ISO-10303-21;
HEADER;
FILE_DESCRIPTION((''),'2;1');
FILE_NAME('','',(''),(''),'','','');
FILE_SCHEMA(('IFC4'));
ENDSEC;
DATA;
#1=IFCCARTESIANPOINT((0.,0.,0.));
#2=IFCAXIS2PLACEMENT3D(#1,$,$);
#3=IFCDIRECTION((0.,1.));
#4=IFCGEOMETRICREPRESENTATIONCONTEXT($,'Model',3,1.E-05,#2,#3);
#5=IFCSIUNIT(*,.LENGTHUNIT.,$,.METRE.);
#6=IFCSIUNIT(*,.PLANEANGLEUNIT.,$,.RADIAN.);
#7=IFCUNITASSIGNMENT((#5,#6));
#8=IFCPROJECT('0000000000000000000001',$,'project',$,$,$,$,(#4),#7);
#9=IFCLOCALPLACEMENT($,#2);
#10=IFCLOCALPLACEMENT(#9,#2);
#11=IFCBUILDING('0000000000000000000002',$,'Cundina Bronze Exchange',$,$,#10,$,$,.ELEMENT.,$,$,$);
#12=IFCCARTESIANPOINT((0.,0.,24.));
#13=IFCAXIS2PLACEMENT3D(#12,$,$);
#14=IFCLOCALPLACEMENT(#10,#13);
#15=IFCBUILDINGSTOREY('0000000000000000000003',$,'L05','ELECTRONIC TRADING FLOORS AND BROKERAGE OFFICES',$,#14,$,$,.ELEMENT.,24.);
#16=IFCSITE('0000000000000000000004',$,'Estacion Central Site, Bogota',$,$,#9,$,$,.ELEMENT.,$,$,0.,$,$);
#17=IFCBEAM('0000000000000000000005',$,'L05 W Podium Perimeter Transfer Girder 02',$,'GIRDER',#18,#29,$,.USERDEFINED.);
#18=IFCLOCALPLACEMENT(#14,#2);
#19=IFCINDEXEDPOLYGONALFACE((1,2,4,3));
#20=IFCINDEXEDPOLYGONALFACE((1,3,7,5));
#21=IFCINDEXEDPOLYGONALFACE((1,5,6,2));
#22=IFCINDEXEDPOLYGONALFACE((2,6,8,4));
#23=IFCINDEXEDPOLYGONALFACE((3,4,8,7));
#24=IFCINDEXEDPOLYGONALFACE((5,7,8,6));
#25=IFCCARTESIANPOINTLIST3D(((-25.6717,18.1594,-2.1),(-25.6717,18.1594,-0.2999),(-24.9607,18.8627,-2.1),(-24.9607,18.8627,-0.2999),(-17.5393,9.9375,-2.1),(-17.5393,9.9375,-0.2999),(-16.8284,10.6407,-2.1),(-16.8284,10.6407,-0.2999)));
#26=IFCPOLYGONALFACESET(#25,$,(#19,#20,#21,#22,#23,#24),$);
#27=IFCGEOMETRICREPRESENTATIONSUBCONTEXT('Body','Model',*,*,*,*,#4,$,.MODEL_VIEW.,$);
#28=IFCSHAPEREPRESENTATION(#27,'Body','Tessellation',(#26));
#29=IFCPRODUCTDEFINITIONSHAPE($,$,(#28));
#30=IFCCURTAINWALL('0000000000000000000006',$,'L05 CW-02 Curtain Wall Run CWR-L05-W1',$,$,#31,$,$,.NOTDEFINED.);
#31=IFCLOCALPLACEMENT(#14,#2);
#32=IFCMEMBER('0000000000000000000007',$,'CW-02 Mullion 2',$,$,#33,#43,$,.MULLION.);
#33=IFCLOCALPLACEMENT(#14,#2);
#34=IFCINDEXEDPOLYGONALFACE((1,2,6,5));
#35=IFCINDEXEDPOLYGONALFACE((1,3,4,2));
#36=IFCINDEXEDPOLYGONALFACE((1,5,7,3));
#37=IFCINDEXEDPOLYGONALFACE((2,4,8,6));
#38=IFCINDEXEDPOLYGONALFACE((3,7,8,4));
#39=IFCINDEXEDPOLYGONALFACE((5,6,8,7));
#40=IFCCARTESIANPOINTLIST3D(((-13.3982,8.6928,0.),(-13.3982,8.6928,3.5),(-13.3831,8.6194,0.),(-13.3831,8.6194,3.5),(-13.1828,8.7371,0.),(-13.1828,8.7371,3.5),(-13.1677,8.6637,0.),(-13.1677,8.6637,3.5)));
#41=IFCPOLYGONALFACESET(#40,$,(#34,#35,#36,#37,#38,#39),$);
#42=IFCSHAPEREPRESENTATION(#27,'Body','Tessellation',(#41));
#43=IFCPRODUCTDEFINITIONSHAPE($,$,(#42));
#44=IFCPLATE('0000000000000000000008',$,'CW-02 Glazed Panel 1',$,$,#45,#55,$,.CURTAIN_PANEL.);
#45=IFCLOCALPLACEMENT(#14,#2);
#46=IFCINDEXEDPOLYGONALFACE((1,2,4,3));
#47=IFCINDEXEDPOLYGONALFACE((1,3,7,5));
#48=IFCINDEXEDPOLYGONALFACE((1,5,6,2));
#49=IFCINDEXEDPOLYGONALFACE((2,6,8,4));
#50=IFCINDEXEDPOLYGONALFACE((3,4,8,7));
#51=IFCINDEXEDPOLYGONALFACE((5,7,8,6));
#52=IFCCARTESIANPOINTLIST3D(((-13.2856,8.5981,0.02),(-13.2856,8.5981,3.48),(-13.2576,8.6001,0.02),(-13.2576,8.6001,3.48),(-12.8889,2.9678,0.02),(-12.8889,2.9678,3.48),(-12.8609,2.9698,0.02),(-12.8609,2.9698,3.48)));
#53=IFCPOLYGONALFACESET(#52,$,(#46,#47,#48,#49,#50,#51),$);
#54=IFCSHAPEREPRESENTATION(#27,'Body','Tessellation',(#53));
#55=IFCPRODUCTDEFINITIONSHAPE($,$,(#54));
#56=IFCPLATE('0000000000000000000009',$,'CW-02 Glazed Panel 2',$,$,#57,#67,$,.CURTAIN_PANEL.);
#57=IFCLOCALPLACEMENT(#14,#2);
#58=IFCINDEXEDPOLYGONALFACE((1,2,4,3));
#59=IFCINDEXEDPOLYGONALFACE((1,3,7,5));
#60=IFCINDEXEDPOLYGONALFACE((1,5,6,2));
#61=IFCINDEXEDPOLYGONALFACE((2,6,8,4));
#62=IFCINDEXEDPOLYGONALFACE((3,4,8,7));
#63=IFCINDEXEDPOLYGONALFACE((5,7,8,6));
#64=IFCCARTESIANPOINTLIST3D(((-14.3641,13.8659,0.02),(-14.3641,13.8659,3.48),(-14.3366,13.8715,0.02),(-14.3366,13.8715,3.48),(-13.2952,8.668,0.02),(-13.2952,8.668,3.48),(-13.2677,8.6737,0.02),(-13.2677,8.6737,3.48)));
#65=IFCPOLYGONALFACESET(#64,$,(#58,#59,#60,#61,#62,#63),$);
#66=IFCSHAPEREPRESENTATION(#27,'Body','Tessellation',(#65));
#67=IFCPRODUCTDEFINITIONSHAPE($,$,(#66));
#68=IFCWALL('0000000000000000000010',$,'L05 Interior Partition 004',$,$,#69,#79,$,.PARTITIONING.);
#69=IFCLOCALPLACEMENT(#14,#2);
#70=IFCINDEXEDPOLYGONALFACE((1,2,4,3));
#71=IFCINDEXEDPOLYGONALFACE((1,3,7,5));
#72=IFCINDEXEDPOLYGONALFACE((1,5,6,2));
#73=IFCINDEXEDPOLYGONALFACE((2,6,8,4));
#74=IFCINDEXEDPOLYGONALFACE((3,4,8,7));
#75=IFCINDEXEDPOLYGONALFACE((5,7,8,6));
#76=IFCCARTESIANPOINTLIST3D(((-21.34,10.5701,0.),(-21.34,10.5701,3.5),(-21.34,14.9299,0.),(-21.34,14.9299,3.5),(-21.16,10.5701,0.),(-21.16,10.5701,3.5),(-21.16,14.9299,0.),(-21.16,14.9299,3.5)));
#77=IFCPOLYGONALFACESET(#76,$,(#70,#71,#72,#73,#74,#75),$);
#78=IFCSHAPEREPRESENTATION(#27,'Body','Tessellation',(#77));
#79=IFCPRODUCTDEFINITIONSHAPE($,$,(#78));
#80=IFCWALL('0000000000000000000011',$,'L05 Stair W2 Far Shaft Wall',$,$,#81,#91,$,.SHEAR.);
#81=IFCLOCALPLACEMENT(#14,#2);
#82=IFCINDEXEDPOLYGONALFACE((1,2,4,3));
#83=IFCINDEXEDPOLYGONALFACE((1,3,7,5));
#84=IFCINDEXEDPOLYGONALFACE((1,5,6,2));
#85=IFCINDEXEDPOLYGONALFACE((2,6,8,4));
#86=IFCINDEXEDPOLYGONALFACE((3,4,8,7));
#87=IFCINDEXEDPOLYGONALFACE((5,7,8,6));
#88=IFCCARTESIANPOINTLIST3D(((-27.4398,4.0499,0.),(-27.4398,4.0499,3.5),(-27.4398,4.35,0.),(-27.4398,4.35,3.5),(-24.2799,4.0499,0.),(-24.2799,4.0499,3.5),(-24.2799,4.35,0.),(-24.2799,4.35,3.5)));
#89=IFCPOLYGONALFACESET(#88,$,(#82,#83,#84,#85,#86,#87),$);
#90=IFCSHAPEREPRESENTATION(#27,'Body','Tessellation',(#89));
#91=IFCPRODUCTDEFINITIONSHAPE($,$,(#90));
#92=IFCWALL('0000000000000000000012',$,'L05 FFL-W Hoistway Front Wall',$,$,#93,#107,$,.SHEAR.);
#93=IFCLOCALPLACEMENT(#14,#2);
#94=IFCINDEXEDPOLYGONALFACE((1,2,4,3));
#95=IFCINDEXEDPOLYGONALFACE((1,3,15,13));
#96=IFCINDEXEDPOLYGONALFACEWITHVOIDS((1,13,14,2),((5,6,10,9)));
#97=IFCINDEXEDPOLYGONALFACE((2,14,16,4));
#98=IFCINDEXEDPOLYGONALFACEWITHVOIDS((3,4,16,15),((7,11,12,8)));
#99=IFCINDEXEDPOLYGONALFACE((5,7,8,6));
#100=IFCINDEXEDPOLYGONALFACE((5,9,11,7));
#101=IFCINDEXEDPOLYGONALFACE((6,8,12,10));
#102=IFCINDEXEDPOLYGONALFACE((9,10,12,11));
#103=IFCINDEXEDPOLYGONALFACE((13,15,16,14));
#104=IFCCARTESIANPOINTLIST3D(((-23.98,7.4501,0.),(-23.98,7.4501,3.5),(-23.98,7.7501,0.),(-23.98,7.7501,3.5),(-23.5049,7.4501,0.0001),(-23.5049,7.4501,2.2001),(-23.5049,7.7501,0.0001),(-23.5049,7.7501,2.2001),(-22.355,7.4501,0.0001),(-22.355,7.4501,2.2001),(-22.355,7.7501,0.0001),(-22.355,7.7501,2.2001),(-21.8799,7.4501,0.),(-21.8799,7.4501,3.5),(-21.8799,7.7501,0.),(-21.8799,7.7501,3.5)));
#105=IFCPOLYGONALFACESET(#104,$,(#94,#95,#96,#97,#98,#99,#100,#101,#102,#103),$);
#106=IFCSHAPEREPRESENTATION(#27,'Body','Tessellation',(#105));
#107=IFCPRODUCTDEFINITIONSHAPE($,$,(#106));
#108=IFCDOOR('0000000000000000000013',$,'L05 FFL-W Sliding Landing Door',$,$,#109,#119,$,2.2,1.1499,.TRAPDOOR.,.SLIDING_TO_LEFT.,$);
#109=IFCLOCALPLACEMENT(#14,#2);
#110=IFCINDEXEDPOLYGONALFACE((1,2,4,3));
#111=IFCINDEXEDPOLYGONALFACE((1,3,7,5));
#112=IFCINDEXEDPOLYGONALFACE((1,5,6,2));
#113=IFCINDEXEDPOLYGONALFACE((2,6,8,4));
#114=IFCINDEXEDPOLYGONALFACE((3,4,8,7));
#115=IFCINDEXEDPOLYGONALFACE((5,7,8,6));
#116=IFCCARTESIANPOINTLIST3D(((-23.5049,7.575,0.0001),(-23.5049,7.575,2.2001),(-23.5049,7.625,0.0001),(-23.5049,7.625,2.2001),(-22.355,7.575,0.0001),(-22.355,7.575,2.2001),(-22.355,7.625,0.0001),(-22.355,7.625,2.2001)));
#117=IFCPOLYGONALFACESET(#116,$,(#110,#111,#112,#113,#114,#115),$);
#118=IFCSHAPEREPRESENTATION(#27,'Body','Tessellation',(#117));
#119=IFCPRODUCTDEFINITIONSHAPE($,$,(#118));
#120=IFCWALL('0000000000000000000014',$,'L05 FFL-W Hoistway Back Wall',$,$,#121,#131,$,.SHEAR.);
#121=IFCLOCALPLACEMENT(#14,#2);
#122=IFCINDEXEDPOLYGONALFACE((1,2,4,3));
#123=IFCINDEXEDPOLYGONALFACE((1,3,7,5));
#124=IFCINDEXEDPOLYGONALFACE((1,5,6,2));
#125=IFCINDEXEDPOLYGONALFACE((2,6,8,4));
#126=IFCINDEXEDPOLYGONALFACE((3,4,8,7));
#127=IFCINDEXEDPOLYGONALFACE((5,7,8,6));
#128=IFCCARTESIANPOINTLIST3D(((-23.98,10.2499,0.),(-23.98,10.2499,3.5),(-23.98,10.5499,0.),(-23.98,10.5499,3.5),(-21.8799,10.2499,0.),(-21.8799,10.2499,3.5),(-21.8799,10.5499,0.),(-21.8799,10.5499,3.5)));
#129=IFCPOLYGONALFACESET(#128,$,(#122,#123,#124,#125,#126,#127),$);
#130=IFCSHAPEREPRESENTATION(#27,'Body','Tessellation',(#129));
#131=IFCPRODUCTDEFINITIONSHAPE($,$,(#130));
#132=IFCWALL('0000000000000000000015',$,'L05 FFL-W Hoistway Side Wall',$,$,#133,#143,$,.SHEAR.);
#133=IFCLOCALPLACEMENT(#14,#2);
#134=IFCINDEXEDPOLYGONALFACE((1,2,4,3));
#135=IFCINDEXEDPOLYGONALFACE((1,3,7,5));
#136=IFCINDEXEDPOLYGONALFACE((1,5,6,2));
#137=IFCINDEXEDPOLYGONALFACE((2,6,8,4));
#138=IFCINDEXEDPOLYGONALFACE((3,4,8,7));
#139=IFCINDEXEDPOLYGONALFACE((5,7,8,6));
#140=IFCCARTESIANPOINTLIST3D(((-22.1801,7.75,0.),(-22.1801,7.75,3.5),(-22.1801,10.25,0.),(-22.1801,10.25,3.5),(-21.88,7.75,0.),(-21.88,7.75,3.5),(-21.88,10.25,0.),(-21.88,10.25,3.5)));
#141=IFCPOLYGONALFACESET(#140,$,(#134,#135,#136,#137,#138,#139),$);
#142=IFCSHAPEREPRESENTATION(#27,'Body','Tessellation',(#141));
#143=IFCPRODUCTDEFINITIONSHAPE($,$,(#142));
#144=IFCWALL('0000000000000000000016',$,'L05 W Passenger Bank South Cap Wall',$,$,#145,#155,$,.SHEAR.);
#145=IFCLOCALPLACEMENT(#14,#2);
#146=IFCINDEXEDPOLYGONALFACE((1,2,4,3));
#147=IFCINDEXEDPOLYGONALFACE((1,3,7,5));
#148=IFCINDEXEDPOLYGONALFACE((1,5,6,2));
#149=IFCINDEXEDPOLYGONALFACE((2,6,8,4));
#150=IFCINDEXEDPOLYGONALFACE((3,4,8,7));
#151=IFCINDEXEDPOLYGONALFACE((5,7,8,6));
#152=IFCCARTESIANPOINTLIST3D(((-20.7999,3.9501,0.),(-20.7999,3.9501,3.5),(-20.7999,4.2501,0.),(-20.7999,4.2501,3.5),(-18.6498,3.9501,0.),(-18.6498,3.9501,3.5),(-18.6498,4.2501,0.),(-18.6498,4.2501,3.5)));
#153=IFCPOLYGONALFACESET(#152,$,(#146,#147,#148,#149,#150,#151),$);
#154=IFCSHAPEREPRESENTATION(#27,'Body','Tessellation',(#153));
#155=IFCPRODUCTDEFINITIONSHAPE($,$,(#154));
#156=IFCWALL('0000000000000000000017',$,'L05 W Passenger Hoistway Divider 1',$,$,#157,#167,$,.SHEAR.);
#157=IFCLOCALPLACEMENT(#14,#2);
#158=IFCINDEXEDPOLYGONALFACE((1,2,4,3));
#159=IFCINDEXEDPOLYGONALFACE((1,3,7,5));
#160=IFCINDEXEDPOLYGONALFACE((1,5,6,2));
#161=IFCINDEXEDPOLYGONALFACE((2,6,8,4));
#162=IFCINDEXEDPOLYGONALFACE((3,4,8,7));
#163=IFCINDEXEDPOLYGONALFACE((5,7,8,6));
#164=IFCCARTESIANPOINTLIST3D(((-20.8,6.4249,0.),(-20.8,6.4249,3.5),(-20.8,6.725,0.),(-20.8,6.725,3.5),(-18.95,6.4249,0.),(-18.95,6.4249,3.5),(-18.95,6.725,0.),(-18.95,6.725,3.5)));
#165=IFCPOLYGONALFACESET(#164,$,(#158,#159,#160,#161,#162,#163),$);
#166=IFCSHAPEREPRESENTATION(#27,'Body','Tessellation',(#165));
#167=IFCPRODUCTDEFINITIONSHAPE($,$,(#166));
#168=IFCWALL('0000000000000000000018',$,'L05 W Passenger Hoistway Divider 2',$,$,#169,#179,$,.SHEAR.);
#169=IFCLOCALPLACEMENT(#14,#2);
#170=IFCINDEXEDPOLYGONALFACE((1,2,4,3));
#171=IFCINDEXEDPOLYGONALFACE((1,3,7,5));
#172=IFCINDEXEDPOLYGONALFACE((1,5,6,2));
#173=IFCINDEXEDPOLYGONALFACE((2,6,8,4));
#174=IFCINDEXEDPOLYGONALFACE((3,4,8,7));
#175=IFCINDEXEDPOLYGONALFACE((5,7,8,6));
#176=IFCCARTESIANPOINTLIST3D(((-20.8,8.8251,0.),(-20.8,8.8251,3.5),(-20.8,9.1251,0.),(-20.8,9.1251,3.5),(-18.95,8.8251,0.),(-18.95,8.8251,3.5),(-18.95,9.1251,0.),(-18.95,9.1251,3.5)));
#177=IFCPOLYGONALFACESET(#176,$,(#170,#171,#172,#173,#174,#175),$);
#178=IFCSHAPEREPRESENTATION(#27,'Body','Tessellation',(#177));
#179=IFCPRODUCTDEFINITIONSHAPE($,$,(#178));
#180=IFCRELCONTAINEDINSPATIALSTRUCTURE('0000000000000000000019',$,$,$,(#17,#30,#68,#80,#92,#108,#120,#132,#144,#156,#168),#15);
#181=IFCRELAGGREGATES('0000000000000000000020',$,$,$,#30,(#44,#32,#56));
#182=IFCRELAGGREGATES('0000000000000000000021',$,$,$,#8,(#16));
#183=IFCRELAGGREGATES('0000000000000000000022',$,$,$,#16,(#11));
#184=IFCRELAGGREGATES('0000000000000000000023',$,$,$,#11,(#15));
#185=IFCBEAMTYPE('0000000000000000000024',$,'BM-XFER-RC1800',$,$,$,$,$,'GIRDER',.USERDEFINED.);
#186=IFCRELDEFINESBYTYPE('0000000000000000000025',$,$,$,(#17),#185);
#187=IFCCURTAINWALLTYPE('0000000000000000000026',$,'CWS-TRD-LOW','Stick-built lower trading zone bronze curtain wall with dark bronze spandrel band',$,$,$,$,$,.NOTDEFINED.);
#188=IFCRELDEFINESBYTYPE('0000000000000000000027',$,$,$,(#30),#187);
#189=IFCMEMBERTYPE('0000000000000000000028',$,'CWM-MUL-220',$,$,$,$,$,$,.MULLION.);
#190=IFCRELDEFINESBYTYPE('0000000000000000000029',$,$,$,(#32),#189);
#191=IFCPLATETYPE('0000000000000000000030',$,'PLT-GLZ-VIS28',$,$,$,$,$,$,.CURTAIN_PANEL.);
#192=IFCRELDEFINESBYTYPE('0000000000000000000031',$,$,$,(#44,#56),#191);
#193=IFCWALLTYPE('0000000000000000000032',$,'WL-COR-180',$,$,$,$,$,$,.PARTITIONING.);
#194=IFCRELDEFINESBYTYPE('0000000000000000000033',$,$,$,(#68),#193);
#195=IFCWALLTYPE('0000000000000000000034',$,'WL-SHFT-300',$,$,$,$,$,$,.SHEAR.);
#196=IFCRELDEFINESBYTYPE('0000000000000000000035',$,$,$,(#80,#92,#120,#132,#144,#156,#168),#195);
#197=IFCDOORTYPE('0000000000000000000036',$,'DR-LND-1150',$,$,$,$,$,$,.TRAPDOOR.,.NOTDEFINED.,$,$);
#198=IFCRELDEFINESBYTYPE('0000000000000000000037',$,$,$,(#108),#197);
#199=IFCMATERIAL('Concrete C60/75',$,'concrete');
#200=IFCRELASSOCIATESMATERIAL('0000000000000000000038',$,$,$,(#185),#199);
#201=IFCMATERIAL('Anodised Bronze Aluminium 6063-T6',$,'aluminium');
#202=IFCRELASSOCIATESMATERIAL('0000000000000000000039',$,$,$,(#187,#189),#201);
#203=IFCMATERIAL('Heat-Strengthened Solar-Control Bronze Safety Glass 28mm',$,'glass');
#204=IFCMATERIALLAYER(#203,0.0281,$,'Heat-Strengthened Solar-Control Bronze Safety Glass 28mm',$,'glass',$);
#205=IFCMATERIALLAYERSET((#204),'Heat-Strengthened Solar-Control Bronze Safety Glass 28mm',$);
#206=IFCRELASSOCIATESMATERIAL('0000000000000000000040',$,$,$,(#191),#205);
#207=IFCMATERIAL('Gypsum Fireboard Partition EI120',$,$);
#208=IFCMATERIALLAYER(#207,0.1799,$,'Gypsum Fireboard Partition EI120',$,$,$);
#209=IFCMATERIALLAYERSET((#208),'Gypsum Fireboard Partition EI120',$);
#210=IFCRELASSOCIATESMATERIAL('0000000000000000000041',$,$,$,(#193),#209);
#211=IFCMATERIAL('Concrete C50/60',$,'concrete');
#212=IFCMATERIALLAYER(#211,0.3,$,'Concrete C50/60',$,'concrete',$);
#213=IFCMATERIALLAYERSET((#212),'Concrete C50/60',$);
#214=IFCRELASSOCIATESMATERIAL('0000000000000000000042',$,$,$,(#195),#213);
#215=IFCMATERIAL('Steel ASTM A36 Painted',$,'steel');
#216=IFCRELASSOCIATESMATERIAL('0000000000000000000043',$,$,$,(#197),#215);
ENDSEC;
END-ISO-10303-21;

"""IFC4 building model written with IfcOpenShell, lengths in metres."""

from ifc_helpers import new_model, si_unit, direction, frame, frame_2d, origin, origin_2d, place, context, subcontext, project, spatial, rectangle, extrude, material, layer, layer_set, material_profile, profile_set, type_object, element, fill, aggregate, save


model = new_model("IFC4")

# Units and contexts
model_context = context("Model", 3, precision=1e-05, world=origin(), true_north=direction((0.0, 1.0)))
body_context = subcontext(model_context, "Body", "Model", "MODEL_VIEW")
ifc_project = project(units=[si_unit("LENGTHUNIT", "METRE"), si_unit("PLANEANGLEUNIT", "RADIAN")], contexts=[model_context])

# Site, building, storey
site_placement = place(None, origin())
site = spatial("IfcSite", under=ifc_project, at=site_placement, Name="Estacion Central Site, Bogota", CompositionType="ELEMENT", RefElevation=0.0)
building_placement = place(site_placement, origin())
building = spatial("IfcBuilding", under=site, at=building_placement, Name="Cundina Bronze Exchange", CompositionType="ELEMENT")
storey_placement = place(building_placement, frame((0.0, 0.0, 24.0)))
storey = spatial("IfcBuildingStorey", under=building, at=storey_placement, Name="L05", Description="ELECTRONIC TRADING FLOORS AND BROKERAGE OFFICES", CompositionType="ELEMENT", Elevation=24.0)

# Shared definitions
ifc_material_1 = material(Name="Concrete C60/75", Category="concrete")

# Beam
ifc_material_profile_1 = material_profile(ifc_material_1, rectangle(XDim=1.0, YDim=1.8, at=origin_2d()), Name="RC1000X1800", Category="concrete")
ifc_profile_set_1 = profile_set([ifc_material_profile_1], Name="Concrete C60/75")
beam_type_1 = type_object("IfcBeamType", Name="BM-XFER-RC1800", ElementType="GIRDER", PredefinedType="USERDEFINED", material=ifc_profile_set_1)
beam_1_placement = place(storey_placement, frame((-17.1838, 10.2891, -1.2), z_axis=(-0.703222, 0.71097, 0.0), x_axis=(-0.71097, -0.703222, 0.0)))
element("IfcBeam", 1, at=beam_1_placement, inside=storey, type_object=beam_type_1, Name="L05 W Podium Perimeter Transfer Girder 02", ObjectType="GIRDER", PredefinedType="USERDEFINED", context=body_context, shape_type="SweptSolid", body=[
    extrude(rectangle(XDim=1.0, YDim=1.8, at=origin_2d()), origin(), (0.0, 0.0, 1.0), 11.5645),
])

# Curtain wall, member, plates
ifc_material_2 = material(Name="Anodised Bronze Aluminium 6063-T6", Category="aluminium")
curtain_wall_type = type_object("IfcCurtainWallType", Name="CWS-TRD-LOW", Description="Stick-built lower trading zone bronze curtain wall with dark bronze spandrel band", PredefinedType="NOTDEFINED", material=ifc_material_2)
curtain_wall_placement = place(storey_placement, origin())
curtain_wall = element("IfcCurtainWall", 2, at=curtain_wall_placement, inside=storey, type_object=curtain_wall_type, Name="L05 CW-02 Curtain Wall Run CWR-L05-W1", PredefinedType="NOTDEFINED")
ifc_material_profile_2 = material_profile(ifc_material_2, rectangle(XDim=0.075, YDim=0.22, at=origin_2d()), Name="AL75X220", Category="aluminium")
ifc_profile_set_2 = profile_set([ifc_material_profile_2], Name="Anodised Bronze Aluminium 6063-T6")
member_type = type_object("IfcMemberType", Name="CWM-MUL-220", PredefinedType="MULLION", material=ifc_profile_set_2)
member_placement = place(storey_placement, frame((-13.283, 8.6782, 0.0), z_axis=(0.0, 0.0, 1.0), x_axis=(-0.20142, 0.979505, 0.0)))
member = element("IfcMember", 3, at=member_placement, type_object=member_type, Name="CW-02 Mullion 2", PredefinedType="MULLION", context=body_context, shape_type="SweptSolid", body=[
    extrude(rectangle(XDim=0.075, YDim=0.22, at=origin_2d()), origin(), (0.0, 0.0, 1.0), 3.5),
])
ifc_material_3 = material(Name="Heat-Strengthened Solar-Control Bronze Safety Glass 28mm", Category="glass")
ifc_layer_1 = layer(ifc_material_3, 0.0281, Name="Heat-Strengthened Solar-Control Bronze Safety Glass 28mm", Category="glass")
ifc_layer_set_1 = layer_set([ifc_layer_1], Name="Heat-Strengthened Solar-Control Bronze Safety Glass 28mm")
plate_type = type_object("IfcPlateType", Name="PLT-GLZ-VIS28", PredefinedType="CURTAIN_PANEL", material=ifc_layer_set_1)
plate_1_placement = place(storey_placement, frame((-13.0732, 5.7839, 0.02), z_axis=(0.0, 0.0, 1.0), x_axis=(-0.070279, 0.997527, 0.0)))
plate_1 = element("IfcPlate", 4, at=plate_1_placement, type_object=plate_type, Name="CW-02 Glazed Panel 1", PredefinedType="CURTAIN_PANEL", context=body_context, shape_type="SweptSolid", body=[
    extrude(rectangle(XDim=5.6443, YDim=0.0281, at=origin_2d()), origin(), (0.0, 0.0, 1.0), 3.46),
])
plate_2_placement = place(storey_placement, frame((-13.8159, 11.2698, 0.02), z_axis=(0.0, 0.0, 1.0), x_axis=(-0.20142, 0.979505, 0.0)))
plate_2 = element("IfcPlate", 5, at=plate_2_placement, type_object=plate_type, Name="CW-02 Glazed Panel 2", PredefinedType="CURTAIN_PANEL", context=body_context, shape_type="SweptSolid", body=[
    extrude(rectangle(XDim=5.3066, YDim=0.0281, at=origin_2d()), origin(), (0.0, 0.0, 1.0), 3.46),
])
aggregate(curtain_wall, [plate_1, member, plate_2])

# Walls
ifc_material_4 = material(Name="Gypsum Fireboard Partition EI120")
ifc_layer_2 = layer(ifc_material_4, 0.1799, Name="Gypsum Fireboard Partition EI120")
ifc_layer_set_2 = layer_set([ifc_layer_2], Name="Gypsum Fireboard Partition EI120")
wall_type_1 = type_object("IfcWallType", Name="WL-COR-180", PredefinedType="PARTITIONING", material=ifc_layer_set_2)
wall_1_placement = place(storey_placement, frame((-21.25, 10.5701, 0.0), z_axis=(0.0, 0.0, 1.0), x_axis=(0.0, 1.0, 0.0)))
element("IfcWall", 6, at=wall_1_placement, inside=storey, type_object=wall_type_1, Name="L05 Interior Partition 004", PredefinedType="PARTITIONING", context=body_context, shape_type="SweptSolid", body=[
    extrude(rectangle(XDim=4.3599, YDim=0.1799, at=frame_2d((2.1799, 0.0))), origin(), (0.0, 0.0, 1.0), 3.5),
])
ifc_material_5 = material(Name="Concrete C50/60", Category="concrete")
ifc_layer_3 = layer(ifc_material_5, 0.3, Name="Concrete C50/60", Category="concrete")
ifc_layer_set_3 = layer_set([ifc_layer_3], Name="Concrete C50/60")
wall_type_2 = type_object("IfcWallType", Name="WL-SHFT-300", PredefinedType="SHEAR", material=ifc_layer_set_3)
wall_2_placement = place(storey_placement, frame((-27.4399, 4.2, 0.0), z_axis=(0.0, 0.0, 1.0), x_axis=(1.0, 0.0, 0.0)))
element("IfcWall", 7, at=wall_2_placement, inside=storey, type_object=wall_type_2, Name="L05 Stair W2 Far Shaft Wall", PredefinedType="SHEAR", context=body_context, shape_type="SweptSolid", body=[
    extrude(rectangle(XDim=3.1599, YDim=0.3, at=frame_2d((1.5801, 0.0))), origin(), (0.0, 0.0, 1.0), 3.5),
])

# Wall, opening, door
wall_3_placement = place(storey_placement, frame((-23.98, 7.6001, 0.0), z_axis=(0.0, 0.0, 1.0), x_axis=(1.0, 0.0, 0.0)))
wall_3 = element("IfcWall", 8, at=wall_3_placement, inside=storey, type_object=wall_type_2, Name="L05 FFL-W Hoistway Front Wall", PredefinedType="SHEAR", context=body_context, shape_type="SweptSolid", body=[
    extrude(rectangle(XDim=2.1001, YDim=0.3, at=frame_2d((1.05, 0.0))), origin(), (0.0, 0.0, 1.0), 3.5),
])
opening_1_placement = place(wall_3_placement, frame((0.4751, 0.0, 0.0)))
opening_1 = element("IfcOpeningElement", 9, at=opening_1_placement, cuts=wall_3, PredefinedType="OPENING", context=body_context, shape_type="SweptSolid", body=[
    extrude(rectangle(XDim=1.1499, YDim=2.2, at=frame_2d((0.575, 1.1001))), frame((0.0, 0.1599, 0.0), z_axis=(0.0, -1.0, 0.0), x_axis=(1.0, 0.0, 0.0)), (0.0, 0.0, 1.0), 0.3201),
])
ifc_material_6 = material(Name="Steel ASTM A36 Painted", Category="steel")
door_type = type_object("IfcDoorType", Name="DR-LND-1150", OperationType="NOTDEFINED", PredefinedType="TRAPDOOR", material=ifc_material_6)
door_1_placement = place(opening_1_placement, origin())
door_1 = element("IfcDoor", 10, at=door_1_placement, inside=storey, type_object=door_type, Name="L05 FFL-W Sliding Landing Door", OperationType="SLIDING_TO_LEFT", OverallHeight=2.2, OverallWidth=1.1499, PredefinedType="TRAPDOOR", context=body_context, shape_type="SweptSolid", body=[
    extrude(rectangle(XDim=1.1499, YDim=2.2, at=frame_2d((0.575, 1.1001))), frame((0.0, 0.0249, 0.0), z_axis=(0.0, -1.0, 0.0), x_axis=(1.0, 0.0, 0.0)), (0.0, 0.0, 1.0), 0.05),
])
fill(opening_1, door_1)

# Walls
wall_4_placement = place(storey_placement, frame((-23.98, 10.3999, 0.0), z_axis=(0.0, 0.0, 1.0), x_axis=(1.0, 0.0, 0.0)))
element("IfcWall", 11, at=wall_4_placement, inside=storey, type_object=wall_type_2, Name="L05 FFL-W Hoistway Back Wall", PredefinedType="SHEAR", context=body_context, shape_type="SweptSolid", body=[
    extrude(rectangle(XDim=2.1001, YDim=0.3, at=frame_2d((1.05, 0.0))), origin(), (0.0, 0.0, 1.0), 3.5),
])
wall_5_placement = place(storey_placement, frame((-22.03, 7.75, 0.0), z_axis=(0.0, 0.0, 1.0), x_axis=(0.0, 1.0, 0.0)))
element("IfcWall", 12, at=wall_5_placement, inside=storey, type_object=wall_type_2, Name="L05 FFL-W Hoistway Side Wall", PredefinedType="SHEAR", context=body_context, shape_type="SweptSolid", body=[
    extrude(rectangle(XDim=2.5, YDim=0.3, at=frame_2d((1.25, 0.0))), origin(), (0.0, 0.0, 1.0), 3.5),
])
wall_6_placement = place(storey_placement, frame((-20.8, 4.1001, 0.0), z_axis=(0.0, 0.0, 1.0), x_axis=(1.0, 0.0, 0.0)))
element("IfcWall", 13, at=wall_6_placement, inside=storey, type_object=wall_type_2, Name="L05 W Passenger Bank South Cap Wall", PredefinedType="SHEAR", context=body_context, shape_type="SweptSolid", body=[
    extrude(rectangle(XDim=2.1501, YDim=0.3, at=frame_2d((1.0752, 0.0))), origin(), (0.0, 0.0, 1.0), 3.5),
])
for number, where, z_axis, x_axis, name in (
    (14, (-20.8, 6.575, 0.0), (0.0, 0.0, 1.0), (1.0, 0.0, 0.0), "L05 W Passenger Hoistway Divider 1"),
    (15, (-20.8, 8.9751, 0.0), (0.0, 0.0, 1.0), (1.0, 0.0, 0.0), "L05 W Passenger Hoistway Divider 2"),
):
    element("IfcWall", number, at=place(storey_placement, frame(where, z_axis=z_axis, x_axis=x_axis)), inside=storey, type_object=wall_type_2, Name=name, PredefinedType="SHEAR", context=body_context, shape_type="SweptSolid", body=[
        extrude(rectangle(XDim=1.8501, YDim=0.3, at=frame_2d((0.925, 0.0))), origin(), (0.0, 0.0, 1.0), 3.5),
    ])

save(model, "model.ifc")
